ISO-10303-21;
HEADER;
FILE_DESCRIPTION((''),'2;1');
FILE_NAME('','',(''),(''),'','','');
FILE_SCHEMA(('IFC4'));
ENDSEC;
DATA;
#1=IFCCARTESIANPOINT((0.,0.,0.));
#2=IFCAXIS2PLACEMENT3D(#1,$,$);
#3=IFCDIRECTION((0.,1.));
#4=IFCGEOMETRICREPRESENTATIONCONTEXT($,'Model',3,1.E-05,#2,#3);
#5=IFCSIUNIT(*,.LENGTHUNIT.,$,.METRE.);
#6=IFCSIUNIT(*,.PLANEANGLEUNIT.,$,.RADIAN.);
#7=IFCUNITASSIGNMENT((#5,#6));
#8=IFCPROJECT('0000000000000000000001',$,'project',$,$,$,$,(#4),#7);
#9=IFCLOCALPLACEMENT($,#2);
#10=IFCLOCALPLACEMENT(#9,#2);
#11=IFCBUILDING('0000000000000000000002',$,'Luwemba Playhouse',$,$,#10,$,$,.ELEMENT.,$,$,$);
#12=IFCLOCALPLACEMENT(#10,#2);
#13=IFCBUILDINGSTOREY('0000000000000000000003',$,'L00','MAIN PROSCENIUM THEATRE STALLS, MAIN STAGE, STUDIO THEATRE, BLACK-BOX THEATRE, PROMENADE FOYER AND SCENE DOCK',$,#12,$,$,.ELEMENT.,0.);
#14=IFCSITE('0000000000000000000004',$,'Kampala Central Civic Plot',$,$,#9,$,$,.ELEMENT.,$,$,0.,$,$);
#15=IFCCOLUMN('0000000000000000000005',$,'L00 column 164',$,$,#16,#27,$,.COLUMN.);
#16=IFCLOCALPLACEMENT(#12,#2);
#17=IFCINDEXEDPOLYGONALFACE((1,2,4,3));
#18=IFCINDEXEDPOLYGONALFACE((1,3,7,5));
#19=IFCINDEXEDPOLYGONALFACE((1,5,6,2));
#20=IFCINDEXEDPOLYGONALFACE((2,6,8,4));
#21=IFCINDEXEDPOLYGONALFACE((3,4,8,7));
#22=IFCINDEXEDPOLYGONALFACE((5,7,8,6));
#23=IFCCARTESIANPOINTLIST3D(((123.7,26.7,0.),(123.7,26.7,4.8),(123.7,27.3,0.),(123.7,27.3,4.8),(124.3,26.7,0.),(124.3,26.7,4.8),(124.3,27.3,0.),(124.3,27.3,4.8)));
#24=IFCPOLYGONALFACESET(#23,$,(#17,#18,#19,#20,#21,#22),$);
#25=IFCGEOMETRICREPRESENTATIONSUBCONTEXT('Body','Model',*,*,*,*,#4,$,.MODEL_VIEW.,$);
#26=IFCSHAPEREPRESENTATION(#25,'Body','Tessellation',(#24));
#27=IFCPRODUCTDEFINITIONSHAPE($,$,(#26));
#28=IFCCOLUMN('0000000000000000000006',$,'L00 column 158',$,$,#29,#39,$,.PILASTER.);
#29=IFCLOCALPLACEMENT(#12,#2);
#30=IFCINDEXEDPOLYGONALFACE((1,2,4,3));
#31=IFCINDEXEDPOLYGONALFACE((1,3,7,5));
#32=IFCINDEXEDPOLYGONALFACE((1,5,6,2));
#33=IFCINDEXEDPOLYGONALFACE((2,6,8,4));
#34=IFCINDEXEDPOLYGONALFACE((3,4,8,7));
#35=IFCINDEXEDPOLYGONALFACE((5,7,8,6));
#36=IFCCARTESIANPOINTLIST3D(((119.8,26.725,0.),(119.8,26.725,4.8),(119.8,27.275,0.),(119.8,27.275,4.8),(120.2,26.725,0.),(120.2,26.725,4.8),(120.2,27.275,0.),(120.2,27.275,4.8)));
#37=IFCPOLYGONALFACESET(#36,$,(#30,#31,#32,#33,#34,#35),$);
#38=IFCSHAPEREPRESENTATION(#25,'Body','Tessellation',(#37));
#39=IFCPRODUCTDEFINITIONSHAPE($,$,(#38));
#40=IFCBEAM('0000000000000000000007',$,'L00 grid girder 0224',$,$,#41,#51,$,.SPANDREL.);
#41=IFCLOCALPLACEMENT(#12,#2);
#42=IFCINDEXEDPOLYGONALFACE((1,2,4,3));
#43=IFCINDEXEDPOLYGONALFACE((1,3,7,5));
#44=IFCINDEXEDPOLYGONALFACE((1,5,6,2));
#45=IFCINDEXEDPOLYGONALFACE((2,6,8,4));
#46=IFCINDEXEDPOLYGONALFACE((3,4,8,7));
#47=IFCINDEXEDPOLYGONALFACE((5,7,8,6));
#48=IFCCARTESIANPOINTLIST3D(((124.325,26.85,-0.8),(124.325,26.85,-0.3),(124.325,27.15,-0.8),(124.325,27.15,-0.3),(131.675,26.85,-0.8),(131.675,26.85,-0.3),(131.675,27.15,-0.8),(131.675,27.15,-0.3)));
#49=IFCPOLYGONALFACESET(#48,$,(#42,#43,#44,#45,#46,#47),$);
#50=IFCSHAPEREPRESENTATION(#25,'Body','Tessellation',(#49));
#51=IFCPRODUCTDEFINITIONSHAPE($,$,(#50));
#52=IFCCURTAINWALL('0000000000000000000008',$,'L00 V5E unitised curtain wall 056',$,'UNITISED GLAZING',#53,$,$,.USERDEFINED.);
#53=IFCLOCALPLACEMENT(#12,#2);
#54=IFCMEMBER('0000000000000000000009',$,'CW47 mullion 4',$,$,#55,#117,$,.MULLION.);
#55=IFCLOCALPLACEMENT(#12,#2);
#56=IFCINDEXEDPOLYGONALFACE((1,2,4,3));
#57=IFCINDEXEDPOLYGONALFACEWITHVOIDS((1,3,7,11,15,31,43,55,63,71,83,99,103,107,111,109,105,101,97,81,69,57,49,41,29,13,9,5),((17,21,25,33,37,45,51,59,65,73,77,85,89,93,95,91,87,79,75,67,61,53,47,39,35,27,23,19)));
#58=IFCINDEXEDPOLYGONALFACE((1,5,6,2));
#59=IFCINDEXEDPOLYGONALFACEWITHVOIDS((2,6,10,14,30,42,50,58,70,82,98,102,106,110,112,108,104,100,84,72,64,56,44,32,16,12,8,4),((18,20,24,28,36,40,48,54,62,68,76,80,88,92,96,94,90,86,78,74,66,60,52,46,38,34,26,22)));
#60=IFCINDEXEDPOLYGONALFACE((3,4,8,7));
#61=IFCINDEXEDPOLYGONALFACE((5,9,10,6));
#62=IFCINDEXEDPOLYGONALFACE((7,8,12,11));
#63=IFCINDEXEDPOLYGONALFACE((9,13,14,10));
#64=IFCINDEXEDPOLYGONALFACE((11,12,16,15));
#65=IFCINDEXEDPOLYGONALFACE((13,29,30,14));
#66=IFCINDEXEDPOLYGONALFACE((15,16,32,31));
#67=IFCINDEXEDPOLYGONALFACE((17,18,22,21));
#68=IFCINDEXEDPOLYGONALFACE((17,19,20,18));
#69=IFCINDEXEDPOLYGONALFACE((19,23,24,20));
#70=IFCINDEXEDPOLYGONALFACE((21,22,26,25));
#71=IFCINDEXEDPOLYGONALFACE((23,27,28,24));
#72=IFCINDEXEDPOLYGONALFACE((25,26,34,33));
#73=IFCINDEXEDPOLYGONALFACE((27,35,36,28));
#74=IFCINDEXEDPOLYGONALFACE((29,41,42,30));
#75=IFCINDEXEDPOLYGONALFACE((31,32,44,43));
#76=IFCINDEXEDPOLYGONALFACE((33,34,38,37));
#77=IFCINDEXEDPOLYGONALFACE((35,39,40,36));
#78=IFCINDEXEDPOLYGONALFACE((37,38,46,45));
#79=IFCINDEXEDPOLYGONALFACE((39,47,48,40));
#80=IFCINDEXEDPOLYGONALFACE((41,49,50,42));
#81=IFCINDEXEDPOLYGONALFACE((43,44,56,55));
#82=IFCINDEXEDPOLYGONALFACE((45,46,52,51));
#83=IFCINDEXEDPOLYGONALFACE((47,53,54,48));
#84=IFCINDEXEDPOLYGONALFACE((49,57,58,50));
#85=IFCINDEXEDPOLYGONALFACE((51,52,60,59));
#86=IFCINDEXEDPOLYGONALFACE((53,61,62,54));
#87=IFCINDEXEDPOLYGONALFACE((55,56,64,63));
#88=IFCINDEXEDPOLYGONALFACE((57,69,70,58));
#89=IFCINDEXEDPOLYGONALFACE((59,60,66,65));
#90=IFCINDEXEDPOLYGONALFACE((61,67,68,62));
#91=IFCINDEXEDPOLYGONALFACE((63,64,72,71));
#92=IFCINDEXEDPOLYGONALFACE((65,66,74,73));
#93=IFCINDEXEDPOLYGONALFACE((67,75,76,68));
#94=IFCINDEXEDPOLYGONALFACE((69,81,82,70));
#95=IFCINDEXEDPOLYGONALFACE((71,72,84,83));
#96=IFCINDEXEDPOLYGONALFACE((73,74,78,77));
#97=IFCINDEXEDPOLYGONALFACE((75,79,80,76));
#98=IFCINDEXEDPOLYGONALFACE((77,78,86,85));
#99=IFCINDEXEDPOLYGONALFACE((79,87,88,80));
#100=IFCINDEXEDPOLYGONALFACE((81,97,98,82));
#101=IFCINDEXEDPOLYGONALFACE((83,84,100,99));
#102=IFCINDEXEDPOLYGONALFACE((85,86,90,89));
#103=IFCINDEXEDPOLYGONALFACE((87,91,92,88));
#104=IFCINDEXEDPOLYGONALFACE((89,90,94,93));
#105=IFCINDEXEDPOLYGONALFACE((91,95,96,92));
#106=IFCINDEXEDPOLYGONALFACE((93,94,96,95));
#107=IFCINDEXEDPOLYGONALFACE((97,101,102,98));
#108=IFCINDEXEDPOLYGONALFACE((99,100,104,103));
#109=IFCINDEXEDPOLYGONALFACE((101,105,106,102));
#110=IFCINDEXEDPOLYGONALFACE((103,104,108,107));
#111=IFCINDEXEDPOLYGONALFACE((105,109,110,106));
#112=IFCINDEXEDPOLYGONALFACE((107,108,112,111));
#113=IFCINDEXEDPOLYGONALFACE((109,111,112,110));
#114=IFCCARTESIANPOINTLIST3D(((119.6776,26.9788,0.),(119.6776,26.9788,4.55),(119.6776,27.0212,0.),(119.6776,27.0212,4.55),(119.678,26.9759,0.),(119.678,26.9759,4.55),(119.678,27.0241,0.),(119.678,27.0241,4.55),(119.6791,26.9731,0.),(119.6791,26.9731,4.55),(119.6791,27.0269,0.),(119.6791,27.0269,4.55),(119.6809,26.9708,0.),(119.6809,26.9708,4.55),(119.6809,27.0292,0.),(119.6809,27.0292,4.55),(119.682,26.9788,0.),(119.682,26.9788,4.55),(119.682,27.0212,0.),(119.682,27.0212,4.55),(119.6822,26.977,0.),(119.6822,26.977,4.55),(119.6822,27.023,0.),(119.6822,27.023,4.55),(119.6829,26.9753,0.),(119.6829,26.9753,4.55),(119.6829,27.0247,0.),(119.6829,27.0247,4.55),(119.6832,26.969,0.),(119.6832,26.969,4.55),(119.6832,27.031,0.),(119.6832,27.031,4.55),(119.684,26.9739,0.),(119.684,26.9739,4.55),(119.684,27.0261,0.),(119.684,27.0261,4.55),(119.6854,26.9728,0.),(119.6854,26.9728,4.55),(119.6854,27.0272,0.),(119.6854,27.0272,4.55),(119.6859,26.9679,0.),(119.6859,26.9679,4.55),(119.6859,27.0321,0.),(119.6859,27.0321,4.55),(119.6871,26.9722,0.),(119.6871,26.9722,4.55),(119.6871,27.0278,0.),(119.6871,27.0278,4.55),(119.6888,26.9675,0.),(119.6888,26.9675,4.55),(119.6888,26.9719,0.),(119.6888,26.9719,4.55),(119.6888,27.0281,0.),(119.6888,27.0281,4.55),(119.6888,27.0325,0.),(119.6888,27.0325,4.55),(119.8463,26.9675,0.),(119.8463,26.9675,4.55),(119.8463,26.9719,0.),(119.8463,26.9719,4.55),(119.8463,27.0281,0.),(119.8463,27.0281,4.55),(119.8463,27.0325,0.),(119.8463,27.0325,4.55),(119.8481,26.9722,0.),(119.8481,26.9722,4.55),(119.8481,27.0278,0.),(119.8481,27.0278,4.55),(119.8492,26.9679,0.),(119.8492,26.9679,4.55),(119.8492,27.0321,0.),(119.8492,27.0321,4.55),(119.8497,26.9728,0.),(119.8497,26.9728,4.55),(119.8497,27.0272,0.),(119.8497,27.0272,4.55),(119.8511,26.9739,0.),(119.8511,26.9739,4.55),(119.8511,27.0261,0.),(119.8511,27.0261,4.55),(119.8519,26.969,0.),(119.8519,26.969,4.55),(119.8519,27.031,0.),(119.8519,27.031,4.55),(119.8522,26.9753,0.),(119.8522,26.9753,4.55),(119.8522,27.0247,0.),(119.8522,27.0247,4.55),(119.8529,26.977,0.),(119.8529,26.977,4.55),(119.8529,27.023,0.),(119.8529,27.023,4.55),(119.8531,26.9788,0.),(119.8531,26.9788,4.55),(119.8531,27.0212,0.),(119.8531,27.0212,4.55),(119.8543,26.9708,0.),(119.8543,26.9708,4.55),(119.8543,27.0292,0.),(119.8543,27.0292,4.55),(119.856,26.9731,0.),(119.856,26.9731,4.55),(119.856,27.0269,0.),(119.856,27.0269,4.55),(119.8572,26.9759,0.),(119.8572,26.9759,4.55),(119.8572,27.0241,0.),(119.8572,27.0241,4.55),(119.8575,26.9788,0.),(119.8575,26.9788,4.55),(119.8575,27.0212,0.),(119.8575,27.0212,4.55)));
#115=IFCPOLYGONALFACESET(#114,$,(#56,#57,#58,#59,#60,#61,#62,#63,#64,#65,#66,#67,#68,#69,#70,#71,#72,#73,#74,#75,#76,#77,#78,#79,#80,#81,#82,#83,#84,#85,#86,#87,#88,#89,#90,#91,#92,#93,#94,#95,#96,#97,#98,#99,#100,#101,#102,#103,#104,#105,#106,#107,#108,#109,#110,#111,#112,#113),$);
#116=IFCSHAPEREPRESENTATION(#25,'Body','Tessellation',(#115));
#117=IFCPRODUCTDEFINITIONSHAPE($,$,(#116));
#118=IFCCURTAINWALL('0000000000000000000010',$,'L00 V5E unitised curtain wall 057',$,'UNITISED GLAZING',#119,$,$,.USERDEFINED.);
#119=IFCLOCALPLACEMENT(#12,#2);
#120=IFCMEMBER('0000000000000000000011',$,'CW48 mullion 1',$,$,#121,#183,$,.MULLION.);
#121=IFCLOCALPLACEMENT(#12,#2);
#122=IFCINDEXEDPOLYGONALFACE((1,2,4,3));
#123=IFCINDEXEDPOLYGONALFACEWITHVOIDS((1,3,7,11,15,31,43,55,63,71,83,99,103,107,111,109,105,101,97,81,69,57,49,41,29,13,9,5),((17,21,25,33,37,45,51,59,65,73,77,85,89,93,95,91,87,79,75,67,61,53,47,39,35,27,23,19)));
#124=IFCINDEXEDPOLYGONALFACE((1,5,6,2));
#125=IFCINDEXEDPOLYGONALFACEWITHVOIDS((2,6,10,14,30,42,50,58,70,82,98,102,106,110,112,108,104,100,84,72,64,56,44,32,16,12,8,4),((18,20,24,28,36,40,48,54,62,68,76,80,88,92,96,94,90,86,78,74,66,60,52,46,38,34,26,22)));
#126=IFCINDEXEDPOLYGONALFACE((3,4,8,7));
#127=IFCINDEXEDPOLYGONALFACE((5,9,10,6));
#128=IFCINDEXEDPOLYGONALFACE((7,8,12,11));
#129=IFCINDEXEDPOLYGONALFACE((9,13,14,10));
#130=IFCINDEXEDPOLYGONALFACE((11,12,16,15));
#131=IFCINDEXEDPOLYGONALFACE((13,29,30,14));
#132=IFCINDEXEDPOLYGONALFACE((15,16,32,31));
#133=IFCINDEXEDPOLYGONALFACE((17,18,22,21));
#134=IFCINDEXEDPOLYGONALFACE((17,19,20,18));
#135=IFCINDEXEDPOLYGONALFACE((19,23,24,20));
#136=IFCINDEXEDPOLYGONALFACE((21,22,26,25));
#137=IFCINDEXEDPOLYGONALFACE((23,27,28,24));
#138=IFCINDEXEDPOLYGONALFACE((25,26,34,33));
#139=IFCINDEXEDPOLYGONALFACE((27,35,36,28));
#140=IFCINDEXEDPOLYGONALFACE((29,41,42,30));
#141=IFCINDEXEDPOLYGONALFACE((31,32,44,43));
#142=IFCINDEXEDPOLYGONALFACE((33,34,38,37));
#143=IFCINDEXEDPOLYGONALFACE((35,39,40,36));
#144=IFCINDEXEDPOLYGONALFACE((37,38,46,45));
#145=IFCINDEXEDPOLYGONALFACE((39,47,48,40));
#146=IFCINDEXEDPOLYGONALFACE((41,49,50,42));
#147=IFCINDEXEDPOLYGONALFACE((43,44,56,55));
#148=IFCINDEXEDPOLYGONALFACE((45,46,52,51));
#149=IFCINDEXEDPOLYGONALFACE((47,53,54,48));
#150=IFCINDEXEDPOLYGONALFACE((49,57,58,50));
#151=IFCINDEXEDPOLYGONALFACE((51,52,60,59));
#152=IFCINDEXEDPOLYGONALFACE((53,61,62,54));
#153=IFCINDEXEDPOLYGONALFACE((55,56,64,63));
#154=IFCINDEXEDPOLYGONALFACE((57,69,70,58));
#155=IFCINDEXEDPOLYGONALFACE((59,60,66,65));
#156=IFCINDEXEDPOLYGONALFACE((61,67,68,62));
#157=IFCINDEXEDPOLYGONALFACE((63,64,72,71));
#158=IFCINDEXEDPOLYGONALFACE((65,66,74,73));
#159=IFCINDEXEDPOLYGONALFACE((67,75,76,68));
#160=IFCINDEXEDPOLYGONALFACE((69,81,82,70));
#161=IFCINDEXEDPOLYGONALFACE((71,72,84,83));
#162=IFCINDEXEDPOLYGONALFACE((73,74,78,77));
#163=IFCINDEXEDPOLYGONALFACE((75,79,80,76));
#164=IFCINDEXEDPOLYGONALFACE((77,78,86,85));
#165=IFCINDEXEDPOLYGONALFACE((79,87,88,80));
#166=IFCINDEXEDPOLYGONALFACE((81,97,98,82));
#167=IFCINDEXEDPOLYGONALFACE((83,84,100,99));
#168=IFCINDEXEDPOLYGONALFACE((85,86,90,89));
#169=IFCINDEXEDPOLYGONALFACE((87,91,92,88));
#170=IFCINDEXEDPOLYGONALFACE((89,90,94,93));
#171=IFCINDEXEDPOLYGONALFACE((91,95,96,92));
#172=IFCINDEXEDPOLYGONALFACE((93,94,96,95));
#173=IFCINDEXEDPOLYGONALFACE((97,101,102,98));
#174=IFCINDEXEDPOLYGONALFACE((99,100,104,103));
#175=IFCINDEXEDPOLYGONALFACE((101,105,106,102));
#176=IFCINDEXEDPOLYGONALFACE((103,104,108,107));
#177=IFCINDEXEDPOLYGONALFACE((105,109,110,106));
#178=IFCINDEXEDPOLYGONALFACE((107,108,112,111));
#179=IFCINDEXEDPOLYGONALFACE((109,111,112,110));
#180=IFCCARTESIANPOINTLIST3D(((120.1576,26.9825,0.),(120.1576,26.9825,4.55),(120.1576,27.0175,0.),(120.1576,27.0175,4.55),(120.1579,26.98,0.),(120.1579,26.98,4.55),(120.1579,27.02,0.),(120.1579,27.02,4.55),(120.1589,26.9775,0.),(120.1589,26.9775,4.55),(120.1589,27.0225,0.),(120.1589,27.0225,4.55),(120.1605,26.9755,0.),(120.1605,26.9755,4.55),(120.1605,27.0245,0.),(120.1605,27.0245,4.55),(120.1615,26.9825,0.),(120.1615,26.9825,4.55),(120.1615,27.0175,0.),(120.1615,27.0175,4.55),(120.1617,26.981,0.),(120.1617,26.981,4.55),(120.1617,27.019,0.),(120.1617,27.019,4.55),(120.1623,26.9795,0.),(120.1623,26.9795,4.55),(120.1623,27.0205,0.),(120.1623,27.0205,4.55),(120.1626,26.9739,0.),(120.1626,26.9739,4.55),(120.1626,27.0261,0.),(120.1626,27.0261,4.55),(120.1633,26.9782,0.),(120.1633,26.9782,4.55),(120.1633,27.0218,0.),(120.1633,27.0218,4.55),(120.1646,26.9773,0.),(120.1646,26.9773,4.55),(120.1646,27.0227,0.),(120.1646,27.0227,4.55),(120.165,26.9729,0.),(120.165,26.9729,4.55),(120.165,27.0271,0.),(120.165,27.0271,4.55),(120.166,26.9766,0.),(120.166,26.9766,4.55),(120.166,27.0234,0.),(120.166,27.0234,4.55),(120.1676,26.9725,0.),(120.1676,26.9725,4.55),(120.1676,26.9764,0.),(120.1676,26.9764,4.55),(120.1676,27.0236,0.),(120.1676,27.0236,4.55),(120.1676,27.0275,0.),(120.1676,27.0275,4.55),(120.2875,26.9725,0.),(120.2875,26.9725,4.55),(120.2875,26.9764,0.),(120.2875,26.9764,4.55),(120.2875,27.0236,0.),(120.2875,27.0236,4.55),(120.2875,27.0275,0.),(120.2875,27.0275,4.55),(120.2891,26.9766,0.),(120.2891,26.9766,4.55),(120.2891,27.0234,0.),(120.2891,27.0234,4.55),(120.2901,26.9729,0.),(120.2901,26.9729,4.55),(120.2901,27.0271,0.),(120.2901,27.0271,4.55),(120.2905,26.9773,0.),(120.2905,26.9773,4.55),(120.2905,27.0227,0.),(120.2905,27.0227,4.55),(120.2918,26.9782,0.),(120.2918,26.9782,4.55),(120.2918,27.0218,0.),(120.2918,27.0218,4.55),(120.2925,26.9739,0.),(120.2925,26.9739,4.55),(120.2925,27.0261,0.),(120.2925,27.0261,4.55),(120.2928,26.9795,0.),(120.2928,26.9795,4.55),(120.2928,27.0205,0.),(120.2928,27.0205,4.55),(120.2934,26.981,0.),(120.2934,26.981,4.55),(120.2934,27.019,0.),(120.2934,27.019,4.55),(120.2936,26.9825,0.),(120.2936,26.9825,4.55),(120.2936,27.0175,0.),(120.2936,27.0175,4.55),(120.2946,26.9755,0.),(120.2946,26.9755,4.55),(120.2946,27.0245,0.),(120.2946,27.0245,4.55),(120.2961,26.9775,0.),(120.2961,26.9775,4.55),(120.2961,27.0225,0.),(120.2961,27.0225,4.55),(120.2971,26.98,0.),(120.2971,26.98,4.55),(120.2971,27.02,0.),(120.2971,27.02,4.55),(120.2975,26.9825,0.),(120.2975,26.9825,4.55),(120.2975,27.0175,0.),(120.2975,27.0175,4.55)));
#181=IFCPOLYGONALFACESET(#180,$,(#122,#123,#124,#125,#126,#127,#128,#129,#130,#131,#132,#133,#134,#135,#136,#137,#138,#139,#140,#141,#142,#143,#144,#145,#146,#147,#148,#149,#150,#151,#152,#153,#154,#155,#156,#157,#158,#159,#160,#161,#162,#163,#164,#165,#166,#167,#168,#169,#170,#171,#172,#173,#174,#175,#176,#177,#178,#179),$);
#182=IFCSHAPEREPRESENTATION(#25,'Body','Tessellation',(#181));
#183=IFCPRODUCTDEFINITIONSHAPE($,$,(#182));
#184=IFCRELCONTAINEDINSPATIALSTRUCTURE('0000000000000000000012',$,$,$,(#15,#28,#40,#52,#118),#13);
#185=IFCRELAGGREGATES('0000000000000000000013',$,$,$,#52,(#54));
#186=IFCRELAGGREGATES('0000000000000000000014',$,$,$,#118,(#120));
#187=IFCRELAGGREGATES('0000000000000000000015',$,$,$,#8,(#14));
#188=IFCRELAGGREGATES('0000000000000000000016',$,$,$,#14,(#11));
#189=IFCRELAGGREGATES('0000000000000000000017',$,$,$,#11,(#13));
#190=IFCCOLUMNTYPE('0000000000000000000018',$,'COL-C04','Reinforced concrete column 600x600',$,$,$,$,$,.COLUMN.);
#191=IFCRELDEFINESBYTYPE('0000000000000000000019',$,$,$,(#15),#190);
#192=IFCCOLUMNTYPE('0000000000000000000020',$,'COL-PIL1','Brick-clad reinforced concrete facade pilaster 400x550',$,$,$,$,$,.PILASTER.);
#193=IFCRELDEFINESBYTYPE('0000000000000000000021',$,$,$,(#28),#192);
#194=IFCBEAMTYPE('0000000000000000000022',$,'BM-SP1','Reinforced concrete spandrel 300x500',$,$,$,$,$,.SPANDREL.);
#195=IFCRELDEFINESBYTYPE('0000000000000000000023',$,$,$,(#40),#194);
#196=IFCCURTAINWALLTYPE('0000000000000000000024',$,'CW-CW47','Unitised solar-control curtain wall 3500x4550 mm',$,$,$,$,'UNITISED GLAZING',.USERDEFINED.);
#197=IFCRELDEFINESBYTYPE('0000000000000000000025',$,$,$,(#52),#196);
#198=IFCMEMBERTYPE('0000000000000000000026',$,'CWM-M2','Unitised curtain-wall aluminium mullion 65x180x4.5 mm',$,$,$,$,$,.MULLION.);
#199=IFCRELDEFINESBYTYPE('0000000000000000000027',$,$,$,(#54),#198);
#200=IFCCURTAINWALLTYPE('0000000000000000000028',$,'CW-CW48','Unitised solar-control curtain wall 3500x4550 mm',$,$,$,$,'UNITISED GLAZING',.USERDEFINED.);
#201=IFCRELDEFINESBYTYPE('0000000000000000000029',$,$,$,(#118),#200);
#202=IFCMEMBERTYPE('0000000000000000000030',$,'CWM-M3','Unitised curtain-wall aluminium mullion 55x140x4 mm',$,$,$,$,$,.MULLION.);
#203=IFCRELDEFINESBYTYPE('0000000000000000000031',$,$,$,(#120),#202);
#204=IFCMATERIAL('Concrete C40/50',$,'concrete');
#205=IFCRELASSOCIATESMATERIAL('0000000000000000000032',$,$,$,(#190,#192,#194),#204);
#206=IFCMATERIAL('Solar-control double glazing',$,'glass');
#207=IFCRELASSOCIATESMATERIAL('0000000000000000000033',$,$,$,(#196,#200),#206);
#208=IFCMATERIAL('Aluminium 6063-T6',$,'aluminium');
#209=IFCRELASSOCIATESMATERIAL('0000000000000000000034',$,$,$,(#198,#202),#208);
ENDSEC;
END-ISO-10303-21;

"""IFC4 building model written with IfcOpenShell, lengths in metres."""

from ifc_helpers import new_model, si_unit, direction, frame, origin, origin_2d, place, context, subcontext, project, spatial, rectangle, hollow_rectangle, extrude, material, material_profile, profile_set, type_object, element, aggregate, save


model = new_model("IFC4")

# Units and contexts
model_context = context("Model", 3, precision=1e-05, world=origin(), true_north=direction((0.0, 1.0)))
body_context = subcontext(model_context, "Body", "Model", "MODEL_VIEW")
ifc_project = project(units=[si_unit("LENGTHUNIT", "METRE"), si_unit("PLANEANGLEUNIT", "RADIAN")], contexts=[model_context])

# Site, building, storey
site_placement = place(None, origin())
site = spatial("IfcSite", under=ifc_project, at=site_placement, Name="Kampala Central Civic Plot", CompositionType="ELEMENT", RefElevation=0.0)
building_placement = place(site_placement, origin())
building = spatial("IfcBuilding", under=site, at=building_placement, Name="Luwemba Playhouse", CompositionType="ELEMENT")
storey_placement = place(building_placement, origin())
storey = spatial("IfcBuildingStorey", under=building, at=storey_placement, Name="L00", Description="MAIN PROSCENIUM THEATRE STALLS, MAIN STAGE, STUDIO THEATRE, BLACK-BOX THEATRE, PROMENADE FOYER AND SCENE DOCK", CompositionType="ELEMENT", Elevation=0.0)

# Columns
ifc_material_1 = material(Name="Concrete C40/50", Category="concrete")
ifc_material_profile_1 = material_profile(ifc_material_1, rectangle(XDim=0.6001, YDim=0.6001, at=origin_2d()))
ifc_profile_set_1 = profile_set([ifc_material_profile_1], Name="Concrete C40/50")
column_type_1 = type_object("IfcColumnType", Name="COL-C04", Description="Reinforced concrete column 600x600", PredefinedType="COLUMN", material=ifc_profile_set_1)
column_1_placement = place(storey_placement, frame((124.0, 27.0, 0.0), z_axis=(0.0, 0.0, 1.0), x_axis=(1.0, 0.0, 0.0)))
element("IfcColumn", 1, at=column_1_placement, inside=storey, type_object=column_type_1, Name="L00 column 164", PredefinedType="COLUMN", context=body_context, shape_type="SweptSolid", body=[
    extrude(rectangle(XDim=0.6001, YDim=0.6001, at=origin_2d()), origin(), (0.0, 0.0, 1.0), 4.8),
])
ifc_material_profile_2 = material_profile(ifc_material_1, rectangle(XDim=0.3999, YDim=0.55, at=origin_2d()))
ifc_profile_set_2 = profile_set([ifc_material_profile_2], Name="Concrete C40/50")
column_type_2 = type_object("IfcColumnType", Name="COL-PIL1", Description="Brick-clad reinforced concrete facade pilaster 400x550", PredefinedType="PILASTER", material=ifc_profile_set_2)
column_2_placement = place(storey_placement, frame((120.0, 27.0, 0.0), z_axis=(0.0, 0.0, 1.0), x_axis=(1.0, 0.0, 0.0)))
element("IfcColumn", 2, at=column_2_placement, inside=storey, type_object=column_type_2, Name="L00 column 158", PredefinedType="PILASTER", context=body_context, shape_type="SweptSolid", body=[
    extrude(rectangle(XDim=0.3999, YDim=0.55, at=origin_2d()), origin(), (0.0, 0.0, 1.0), 4.8),
])

# Beam
ifc_material_profile_3 = material_profile(ifc_material_1, rectangle(XDim=0.3, YDim=0.5, at=origin_2d()))
ifc_profile_set_3 = profile_set([ifc_material_profile_3], Name="Concrete C40/50")
beam_type = type_object("IfcBeamType", Name="BM-SP1", Description="Reinforced concrete spandrel 300x500", PredefinedType="SPANDREL", material=ifc_profile_set_3)
beam_placement = place(storey_placement, frame((124.325, 27.0, -0.55), z_axis=(1.0, 0.0, 0.0), x_axis=(0.0, 1.0, 0.0)))
element("IfcBeam", 3, at=beam_placement, inside=storey, type_object=beam_type, Name="L00 grid girder 0224", PredefinedType="SPANDREL", context=body_context, shape_type="SweptSolid", body=[
    extrude(rectangle(XDim=0.3, YDim=0.5, at=origin_2d()), origin(), (0.0, 0.0, 1.0), 7.3501),
])

# Curtain wall, member
ifc_material_2 = material(Name="Solar-control double glazing", Category="glass")
curtain_wall_type_1 = type_object("IfcCurtainWallType", Name="CW-CW47", Description="Unitised solar-control curtain wall 3500x4550 mm", ElementType="UNITISED GLAZING", PredefinedType="USERDEFINED", material=ifc_material_2)
curtain_wall_1_placement = place(storey_placement, origin())
curtain_wall_1 = element("IfcCurtainWall", 4, at=curtain_wall_1_placement, inside=storey, type_object=curtain_wall_type_1, Name="L00 V5E unitised curtain wall 056", ObjectType="UNITISED GLAZING", PredefinedType="USERDEFINED")
ifc_material_3 = material(Name="Aluminium 6063-T6", Category="aluminium")
ifc_material_profile_4 = material_profile(ifc_material_3, hollow_rectangle(XDim=0.0649, YDim=0.1799, WallThickness=0.0044, InnerFilletRadius=0.0068, OuterFilletRadius=0.0112, at=origin_2d()))
ifc_profile_set_4 = profile_set([ifc_material_profile_4], Name="Aluminium 6063-T6")
member_type_1 = type_object("IfcMemberType", Name="CWM-M2", Description="Unitised curtain-wall aluminium mullion 65x180x4.5 mm", PredefinedType="MULLION", material=ifc_profile_set_4)
member_1_placement = place(storey_placement, frame((119.7676, 27.0, 0.0), z_axis=(0.0, 0.0, 1.0), x_axis=(0.0, 1.0, 0.0)))
member_1 = element("IfcMember", 5, at=member_1_placement, type_object=member_type_1, Name="CW47 mullion 4", PredefinedType="MULLION", context=body_context, shape_type="SweptSolid", body=[
    extrude(hollow_rectangle(XDim=0.0649, YDim=0.1799, WallThickness=0.0044, InnerFilletRadius=0.0068, OuterFilletRadius=0.0112, at=origin_2d()), origin(), (0.0, 0.0, 1.0), 4.55),
])

# Curtain wall, member
curtain_wall_type_2 = type_object("IfcCurtainWallType", Name="CW-CW48", Description="Unitised solar-control curtain wall 3500x4550 mm", ElementType="UNITISED GLAZING", PredefinedType="USERDEFINED", material=ifc_material_2)
curtain_wall_2_placement = place(storey_placement, origin())
curtain_wall_2 = element("IfcCurtainWall", 6, at=curtain_wall_2_placement, inside=storey, type_object=curtain_wall_type_2, Name="L00 V5E unitised curtain wall 057", ObjectType="UNITISED GLAZING", PredefinedType="USERDEFINED")
ifc_material_profile_5 = material_profile(ifc_material_3, hollow_rectangle(XDim=0.0549, YDim=0.1399, WallThickness=0.0039, InnerFilletRadius=0.0061, OuterFilletRadius=0.01, at=origin_2d()))
ifc_profile_set_5 = profile_set([ifc_material_profile_5], Name="Aluminium 6063-T6")
member_type_2 = type_object("IfcMemberType", Name="CWM-M3", Description="Unitised curtain-wall aluminium mullion 55x140x4 mm", PredefinedType="MULLION", material=ifc_profile_set_5)
member_2_placement = place(storey_placement, frame((120.2275, 27.0, 0.0), z_axis=(0.0, 0.0, 1.0), x_axis=(0.0, 1.0, 0.0)))
member_2 = element("IfcMember", 7, at=member_2_placement, type_object=member_type_2, Name="CW48 mullion 1", PredefinedType="MULLION", context=body_context, shape_type="SweptSolid", body=[
    extrude(hollow_rectangle(XDim=0.0549, YDim=0.1399, WallThickness=0.0039, InnerFilletRadius=0.0061, OuterFilletRadius=0.01, at=origin_2d()), origin(), (0.0, 0.0, 1.0), 4.55),
])

aggregate(curtain_wall_1, [member_1])
aggregate(curtain_wall_2, [member_2])

save(model, "model.ifc")
